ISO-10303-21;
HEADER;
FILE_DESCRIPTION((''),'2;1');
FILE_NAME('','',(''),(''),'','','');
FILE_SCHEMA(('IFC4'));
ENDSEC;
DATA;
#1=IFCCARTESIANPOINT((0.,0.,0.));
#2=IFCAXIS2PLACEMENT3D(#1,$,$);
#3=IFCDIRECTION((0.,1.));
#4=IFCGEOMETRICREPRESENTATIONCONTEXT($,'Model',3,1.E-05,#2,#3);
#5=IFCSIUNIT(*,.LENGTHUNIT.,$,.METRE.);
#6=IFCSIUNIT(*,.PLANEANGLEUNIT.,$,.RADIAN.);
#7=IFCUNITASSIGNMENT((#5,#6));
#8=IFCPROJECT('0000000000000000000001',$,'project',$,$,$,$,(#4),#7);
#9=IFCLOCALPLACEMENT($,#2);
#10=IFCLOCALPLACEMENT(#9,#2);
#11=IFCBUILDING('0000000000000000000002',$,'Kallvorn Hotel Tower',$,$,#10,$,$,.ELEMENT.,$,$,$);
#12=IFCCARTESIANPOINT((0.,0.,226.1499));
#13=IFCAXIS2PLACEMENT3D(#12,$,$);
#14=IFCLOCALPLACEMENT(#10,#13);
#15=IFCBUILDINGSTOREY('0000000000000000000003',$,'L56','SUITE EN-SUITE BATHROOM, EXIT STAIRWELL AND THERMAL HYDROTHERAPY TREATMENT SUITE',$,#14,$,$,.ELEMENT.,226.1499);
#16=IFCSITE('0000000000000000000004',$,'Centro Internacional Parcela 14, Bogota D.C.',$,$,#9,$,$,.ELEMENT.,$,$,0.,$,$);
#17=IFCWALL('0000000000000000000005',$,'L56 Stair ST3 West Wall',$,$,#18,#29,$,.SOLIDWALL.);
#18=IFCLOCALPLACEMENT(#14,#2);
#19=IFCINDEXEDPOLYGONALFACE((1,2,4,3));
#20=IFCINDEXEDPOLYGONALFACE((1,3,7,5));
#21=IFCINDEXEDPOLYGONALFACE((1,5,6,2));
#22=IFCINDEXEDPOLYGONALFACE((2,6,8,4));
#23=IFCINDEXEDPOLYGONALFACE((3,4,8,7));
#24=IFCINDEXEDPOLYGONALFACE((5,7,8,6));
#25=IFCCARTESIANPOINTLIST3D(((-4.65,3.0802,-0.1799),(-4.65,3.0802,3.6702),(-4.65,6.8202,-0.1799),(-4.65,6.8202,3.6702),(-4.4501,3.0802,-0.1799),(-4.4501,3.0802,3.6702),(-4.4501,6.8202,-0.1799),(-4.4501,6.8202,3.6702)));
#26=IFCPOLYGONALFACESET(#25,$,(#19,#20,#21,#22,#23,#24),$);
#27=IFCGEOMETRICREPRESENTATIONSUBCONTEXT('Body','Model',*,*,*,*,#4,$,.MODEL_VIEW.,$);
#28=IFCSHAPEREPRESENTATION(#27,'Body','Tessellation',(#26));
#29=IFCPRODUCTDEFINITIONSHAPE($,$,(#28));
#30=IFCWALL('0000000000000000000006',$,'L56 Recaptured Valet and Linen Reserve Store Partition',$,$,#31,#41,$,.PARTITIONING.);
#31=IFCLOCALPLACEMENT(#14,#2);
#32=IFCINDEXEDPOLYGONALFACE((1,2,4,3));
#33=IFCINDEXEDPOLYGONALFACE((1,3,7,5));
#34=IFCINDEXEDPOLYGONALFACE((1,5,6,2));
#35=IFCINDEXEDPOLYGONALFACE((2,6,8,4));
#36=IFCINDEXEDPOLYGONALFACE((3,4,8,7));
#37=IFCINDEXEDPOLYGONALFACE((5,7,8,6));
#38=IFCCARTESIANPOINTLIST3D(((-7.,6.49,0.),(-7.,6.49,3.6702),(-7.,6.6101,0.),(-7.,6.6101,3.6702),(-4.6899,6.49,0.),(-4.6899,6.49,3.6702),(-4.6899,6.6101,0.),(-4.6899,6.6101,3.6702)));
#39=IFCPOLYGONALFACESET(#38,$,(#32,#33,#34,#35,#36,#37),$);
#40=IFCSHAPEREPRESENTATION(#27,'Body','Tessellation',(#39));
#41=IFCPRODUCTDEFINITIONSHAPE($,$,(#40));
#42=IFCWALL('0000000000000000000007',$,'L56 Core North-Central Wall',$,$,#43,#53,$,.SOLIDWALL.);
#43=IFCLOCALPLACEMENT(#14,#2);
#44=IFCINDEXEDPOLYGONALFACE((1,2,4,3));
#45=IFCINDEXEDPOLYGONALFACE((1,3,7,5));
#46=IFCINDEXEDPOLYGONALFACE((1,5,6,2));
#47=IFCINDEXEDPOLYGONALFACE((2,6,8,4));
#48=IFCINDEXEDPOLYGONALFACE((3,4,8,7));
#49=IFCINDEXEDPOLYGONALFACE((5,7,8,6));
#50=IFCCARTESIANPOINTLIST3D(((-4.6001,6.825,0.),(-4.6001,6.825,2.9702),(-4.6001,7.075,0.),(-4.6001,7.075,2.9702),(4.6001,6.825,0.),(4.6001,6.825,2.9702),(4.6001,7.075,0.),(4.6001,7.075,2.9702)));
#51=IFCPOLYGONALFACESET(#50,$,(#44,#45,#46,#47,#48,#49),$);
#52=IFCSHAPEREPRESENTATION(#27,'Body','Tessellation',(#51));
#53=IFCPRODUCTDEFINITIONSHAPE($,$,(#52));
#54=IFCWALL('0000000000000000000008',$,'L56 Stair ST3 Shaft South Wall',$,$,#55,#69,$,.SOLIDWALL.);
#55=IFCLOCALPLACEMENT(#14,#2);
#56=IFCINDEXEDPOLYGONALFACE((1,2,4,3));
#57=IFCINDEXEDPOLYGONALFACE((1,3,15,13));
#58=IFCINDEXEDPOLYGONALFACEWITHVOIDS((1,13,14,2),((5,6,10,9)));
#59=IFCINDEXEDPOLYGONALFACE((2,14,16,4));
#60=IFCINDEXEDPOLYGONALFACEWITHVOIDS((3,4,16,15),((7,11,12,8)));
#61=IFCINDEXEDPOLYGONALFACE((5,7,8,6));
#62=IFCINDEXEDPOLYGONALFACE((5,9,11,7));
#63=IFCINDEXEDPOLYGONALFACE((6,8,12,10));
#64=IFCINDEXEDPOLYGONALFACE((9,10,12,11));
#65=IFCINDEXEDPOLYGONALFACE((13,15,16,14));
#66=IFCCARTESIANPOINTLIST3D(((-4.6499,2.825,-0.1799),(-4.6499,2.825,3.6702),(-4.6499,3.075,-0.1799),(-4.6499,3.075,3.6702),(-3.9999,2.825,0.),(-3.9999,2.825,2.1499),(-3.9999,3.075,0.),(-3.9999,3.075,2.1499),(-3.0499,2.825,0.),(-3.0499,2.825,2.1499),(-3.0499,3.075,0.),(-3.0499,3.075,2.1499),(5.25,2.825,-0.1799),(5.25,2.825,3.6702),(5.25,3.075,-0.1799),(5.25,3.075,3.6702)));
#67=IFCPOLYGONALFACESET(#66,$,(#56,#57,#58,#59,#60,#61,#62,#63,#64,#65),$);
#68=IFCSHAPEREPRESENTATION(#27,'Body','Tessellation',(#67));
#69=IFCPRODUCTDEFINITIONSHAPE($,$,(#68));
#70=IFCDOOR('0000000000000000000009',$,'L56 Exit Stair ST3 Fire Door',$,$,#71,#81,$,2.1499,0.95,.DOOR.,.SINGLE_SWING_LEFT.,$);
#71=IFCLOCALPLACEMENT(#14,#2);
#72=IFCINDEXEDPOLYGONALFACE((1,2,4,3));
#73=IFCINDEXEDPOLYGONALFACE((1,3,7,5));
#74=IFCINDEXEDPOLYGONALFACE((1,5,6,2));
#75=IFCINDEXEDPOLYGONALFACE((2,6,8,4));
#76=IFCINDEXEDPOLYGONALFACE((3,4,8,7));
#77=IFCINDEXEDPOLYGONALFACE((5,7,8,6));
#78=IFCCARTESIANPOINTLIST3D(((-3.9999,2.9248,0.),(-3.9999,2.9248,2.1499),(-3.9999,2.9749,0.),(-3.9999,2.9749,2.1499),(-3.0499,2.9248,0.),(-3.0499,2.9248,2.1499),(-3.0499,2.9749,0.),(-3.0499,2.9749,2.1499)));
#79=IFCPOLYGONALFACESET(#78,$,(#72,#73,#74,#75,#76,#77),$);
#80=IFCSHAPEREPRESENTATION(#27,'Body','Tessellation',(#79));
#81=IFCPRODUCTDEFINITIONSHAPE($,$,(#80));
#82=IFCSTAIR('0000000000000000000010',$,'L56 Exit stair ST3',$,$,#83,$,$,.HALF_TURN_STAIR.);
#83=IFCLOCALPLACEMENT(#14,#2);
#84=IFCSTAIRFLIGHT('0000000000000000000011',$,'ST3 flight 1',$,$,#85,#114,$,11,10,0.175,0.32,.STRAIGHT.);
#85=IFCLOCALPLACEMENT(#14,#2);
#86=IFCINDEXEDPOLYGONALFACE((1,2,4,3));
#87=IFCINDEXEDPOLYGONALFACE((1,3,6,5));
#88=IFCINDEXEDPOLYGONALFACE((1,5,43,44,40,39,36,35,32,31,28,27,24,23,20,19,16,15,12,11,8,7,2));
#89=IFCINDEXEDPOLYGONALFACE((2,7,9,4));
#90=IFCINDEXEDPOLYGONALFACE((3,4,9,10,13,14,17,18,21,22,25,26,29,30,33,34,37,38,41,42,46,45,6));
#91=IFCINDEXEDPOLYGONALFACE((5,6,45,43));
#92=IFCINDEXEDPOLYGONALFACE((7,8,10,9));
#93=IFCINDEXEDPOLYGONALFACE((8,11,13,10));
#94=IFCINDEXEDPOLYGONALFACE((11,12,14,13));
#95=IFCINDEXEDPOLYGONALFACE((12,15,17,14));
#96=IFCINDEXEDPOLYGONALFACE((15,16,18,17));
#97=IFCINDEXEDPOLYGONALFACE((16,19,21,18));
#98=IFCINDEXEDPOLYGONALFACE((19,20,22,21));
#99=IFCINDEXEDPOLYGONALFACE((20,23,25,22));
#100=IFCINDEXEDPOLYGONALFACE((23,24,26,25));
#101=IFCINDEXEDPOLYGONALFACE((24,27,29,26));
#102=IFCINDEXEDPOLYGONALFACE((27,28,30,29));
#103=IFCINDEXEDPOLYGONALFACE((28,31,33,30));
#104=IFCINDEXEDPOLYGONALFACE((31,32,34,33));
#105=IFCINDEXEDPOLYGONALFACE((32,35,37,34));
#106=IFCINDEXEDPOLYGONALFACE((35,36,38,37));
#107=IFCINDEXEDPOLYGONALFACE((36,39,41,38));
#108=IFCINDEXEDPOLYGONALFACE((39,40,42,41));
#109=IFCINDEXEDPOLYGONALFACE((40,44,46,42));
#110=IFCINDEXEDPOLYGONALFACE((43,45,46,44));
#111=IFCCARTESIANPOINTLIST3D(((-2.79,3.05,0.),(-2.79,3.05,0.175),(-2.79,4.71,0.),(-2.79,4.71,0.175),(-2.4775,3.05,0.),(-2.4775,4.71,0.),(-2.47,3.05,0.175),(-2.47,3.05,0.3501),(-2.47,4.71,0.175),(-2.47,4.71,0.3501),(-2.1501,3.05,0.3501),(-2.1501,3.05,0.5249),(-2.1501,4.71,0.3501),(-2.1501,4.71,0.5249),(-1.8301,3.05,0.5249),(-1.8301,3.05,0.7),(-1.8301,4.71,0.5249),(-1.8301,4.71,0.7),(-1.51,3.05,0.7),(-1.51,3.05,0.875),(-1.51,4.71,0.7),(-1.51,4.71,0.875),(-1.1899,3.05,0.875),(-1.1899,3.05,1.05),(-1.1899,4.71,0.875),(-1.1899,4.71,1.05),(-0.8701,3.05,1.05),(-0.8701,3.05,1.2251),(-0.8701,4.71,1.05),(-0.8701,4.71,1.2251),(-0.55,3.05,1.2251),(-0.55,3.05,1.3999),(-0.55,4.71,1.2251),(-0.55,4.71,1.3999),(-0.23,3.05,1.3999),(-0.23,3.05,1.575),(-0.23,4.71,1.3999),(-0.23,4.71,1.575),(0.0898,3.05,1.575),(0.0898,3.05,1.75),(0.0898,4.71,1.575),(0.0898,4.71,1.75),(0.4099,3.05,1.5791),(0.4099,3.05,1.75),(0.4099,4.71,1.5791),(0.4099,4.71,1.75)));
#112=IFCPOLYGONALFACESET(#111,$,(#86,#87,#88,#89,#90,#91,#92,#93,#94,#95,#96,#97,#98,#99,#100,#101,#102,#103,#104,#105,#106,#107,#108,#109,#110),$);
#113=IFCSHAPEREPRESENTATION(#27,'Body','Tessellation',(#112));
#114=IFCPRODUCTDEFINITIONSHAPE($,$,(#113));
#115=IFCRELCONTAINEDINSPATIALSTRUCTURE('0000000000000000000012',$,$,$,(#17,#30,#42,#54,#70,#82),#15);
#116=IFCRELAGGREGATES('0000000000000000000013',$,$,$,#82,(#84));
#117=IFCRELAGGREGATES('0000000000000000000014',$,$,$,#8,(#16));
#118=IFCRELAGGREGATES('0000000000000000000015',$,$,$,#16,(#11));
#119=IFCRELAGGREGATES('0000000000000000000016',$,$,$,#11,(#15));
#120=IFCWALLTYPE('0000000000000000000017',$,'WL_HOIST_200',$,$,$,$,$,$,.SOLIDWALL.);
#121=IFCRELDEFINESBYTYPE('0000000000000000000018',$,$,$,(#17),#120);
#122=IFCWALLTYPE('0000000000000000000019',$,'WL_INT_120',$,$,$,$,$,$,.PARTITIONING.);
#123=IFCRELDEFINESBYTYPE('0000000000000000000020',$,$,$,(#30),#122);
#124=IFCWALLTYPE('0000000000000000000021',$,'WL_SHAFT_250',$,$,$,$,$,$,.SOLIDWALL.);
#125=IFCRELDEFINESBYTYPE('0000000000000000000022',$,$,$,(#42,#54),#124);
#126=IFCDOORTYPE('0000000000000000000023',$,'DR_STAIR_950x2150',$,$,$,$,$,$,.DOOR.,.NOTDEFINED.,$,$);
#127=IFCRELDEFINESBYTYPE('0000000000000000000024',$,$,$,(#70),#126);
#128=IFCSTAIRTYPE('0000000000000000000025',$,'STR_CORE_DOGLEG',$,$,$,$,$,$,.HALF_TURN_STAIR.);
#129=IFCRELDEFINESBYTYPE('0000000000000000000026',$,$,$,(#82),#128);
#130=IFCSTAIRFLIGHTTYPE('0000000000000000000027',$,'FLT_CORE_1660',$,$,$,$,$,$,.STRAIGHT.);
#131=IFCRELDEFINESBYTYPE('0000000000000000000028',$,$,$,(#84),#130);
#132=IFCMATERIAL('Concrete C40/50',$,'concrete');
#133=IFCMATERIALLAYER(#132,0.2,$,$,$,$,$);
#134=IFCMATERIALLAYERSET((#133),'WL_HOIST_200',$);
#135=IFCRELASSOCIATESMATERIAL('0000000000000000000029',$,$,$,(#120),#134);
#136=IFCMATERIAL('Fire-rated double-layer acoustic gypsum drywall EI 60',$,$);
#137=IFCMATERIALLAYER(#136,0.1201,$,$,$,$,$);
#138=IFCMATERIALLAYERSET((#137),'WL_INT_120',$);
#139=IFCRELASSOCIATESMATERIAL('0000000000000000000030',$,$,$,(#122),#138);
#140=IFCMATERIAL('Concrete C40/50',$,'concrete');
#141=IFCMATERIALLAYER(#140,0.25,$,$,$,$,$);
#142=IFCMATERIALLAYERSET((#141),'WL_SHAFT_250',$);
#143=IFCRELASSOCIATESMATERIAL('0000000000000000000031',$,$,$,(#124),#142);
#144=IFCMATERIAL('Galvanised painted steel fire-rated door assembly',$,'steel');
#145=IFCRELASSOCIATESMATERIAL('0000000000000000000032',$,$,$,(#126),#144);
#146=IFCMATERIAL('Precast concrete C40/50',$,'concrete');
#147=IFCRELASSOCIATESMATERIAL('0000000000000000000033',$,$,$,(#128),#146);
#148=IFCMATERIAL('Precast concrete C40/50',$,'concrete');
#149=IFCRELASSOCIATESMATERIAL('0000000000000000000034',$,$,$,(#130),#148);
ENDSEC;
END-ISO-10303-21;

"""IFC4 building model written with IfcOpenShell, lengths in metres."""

from ifc_helpers import new_model, si_unit, direction, frame, frame_2d, origin, place, context, subcontext, project, spatial, polyline, rectangle, outline, extrude, material, layer, layer_set, type_object, element, fill, aggregate, save


model = new_model("IFC4")

# Units and contexts
model_context = context("Model", 3, precision=1e-05, world=origin(), true_north=direction((0.0, 1.0)))
body_context = subcontext(model_context, "Body", "Model", "MODEL_VIEW")
ifc_project = project(units=[si_unit("LENGTHUNIT", "METRE"), si_unit("PLANEANGLEUNIT", "RADIAN")], contexts=[model_context])

# Site, building, storey
site_placement = place(None, origin())
site = spatial("IfcSite", under=ifc_project, at=site_placement, Name="Centro Internacional Parcela 14, Bogota D.C.", CompositionType="ELEMENT", RefElevation=0.0)
building_placement = place(site_placement, origin())
building = spatial("IfcBuilding", under=site, at=building_placement, Name="Kallvorn Hotel Tower", CompositionType="ELEMENT")
storey_placement = place(building_placement, frame((0.0, 0.0, 226.1499)))
storey = spatial("IfcBuildingStorey", under=building, at=storey_placement, Name="L56", Description="SUITE EN-SUITE BATHROOM, EXIT STAIRWELL AND THERMAL HYDROTHERAPY TREATMENT SUITE", CompositionType="ELEMENT", Elevation=226.1499)

# Walls
ifc_material_1 = material(Name="Concrete C40/50", Category="concrete")
ifc_layer_1 = layer(ifc_material_1, 0.2)
ifc_layer_set_1 = layer_set([ifc_layer_1], Name="WL_HOIST_200")
wall_type_1 = type_object("IfcWallType", Name="WL_HOIST_200", PredefinedType="SOLIDWALL", material=ifc_layer_set_1)
wall_1_placement = place(storey_placement, frame((-4.55, 3.0801, -0.1799), z_axis=(0.0, 0.0, 1.0), x_axis=(0.0, 1.0, 0.0)))
element("IfcWall", 1, at=wall_1_placement, inside=storey, type_object=wall_type_1, Name="L56 Stair ST3 West Wall", PredefinedType="SOLIDWALL", context=body_context, shape_type="SweptSolid", body=[
    extrude(rectangle(XDim=3.74, YDim=0.2, at=frame_2d((1.8701, 0.0))), origin(), (0.0, 0.0, 1.0), 3.8501),
])
ifc_material_2 = material(Name="Fire-rated double-layer acoustic gypsum drywall EI 60")
ifc_layer_2 = layer(ifc_material_2, 0.1201)
ifc_layer_set_2 = layer_set([ifc_layer_2], Name="WL_INT_120")
wall_type_2 = type_object("IfcWallType", Name="WL_INT_120", PredefinedType="PARTITIONING", material=ifc_layer_set_2)
wall_2_placement = place(storey_placement, frame((-7.0, 6.55, 0.0), z_axis=(0.0, 0.0, 1.0), x_axis=(1.0, 0.0, 0.0)))
element("IfcWall", 2, at=wall_2_placement, inside=storey, type_object=wall_type_2, Name="L56 Recaptured Valet and Linen Reserve Store Partition", PredefinedType="PARTITIONING", context=body_context, shape_type="SweptSolid", body=[
    extrude(rectangle(XDim=2.3101, YDim=0.1201, at=frame_2d((1.155, 0.0))), origin(), (0.0, 0.0, 1.0), 3.6702),
])
ifc_material_3 = material(Name="Concrete C40/50", Category="concrete")
ifc_layer_3 = layer(ifc_material_3, 0.25)
ifc_layer_set_3 = layer_set([ifc_layer_3], Name="WL_SHAFT_250")
wall_type_3 = type_object("IfcWallType", Name="WL_SHAFT_250", PredefinedType="SOLIDWALL", material=ifc_layer_set_3)
wall_3_placement = place(storey_placement, frame((-4.6001, 6.95, 0.0), z_axis=(0.0, 0.0, 1.0), x_axis=(1.0, 0.0, 0.0)))
element("IfcWall", 3, at=wall_3_placement, inside=storey, type_object=wall_type_3, Name="L56 Core North-Central Wall", PredefinedType="SOLIDWALL", context=body_context, shape_type="SweptSolid", body=[
    extrude(rectangle(XDim=9.2002, YDim=0.25, at=frame_2d((4.6001, 0.0))), origin(), (0.0, 0.0, 1.0), 2.9702),
])

# Wall, opening, door
wall_4_placement = place(storey_placement, frame((-4.6499, 2.95, -0.1799), z_axis=(0.0, 0.0, 1.0), x_axis=(1.0, 0.0, 0.0)))
wall_4 = element("IfcWall", 4, at=wall_4_placement, inside=storey, type_object=wall_type_3, Name="L56 Stair ST3 Shaft South Wall", PredefinedType="SOLIDWALL", context=body_context, shape_type="SweptSolid", body=[
    extrude(rectangle(XDim=9.8999, YDim=0.25, at=frame_2d((4.95, 0.0))), origin(), (0.0, 0.0, 1.0), 3.8501),
])
opening_placement = place(wall_4_placement, frame((0.6499, 0.0, 0.1799)))
opening = element("IfcOpeningElement", 5, at=opening_placement, cuts=wall_4, PredefinedType="OPENING", context=body_context, shape_type="SweptSolid", body=[
    extrude(rectangle(XDim=0.95, YDim=2.1499, at=frame_2d((0.4751, 1.075))), frame((0.0, 0.1399, 0.0), z_axis=(0.0, -1.0, 0.0), x_axis=(1.0, 0.0, 0.0)), (0.0, 0.0, 1.0), 0.28),
])
ifc_material_4 = material(Name="Galvanised painted steel fire-rated door assembly", Category="steel")
door_type = type_object("IfcDoorType", Name="DR_STAIR_950x2150", OperationType="NOTDEFINED", PredefinedType="DOOR", material=ifc_material_4)
door_placement = place(opening_placement, origin())
door = element("IfcDoor", 6, at=door_placement, inside=storey, type_object=door_type, Name="L56 Exit Stair ST3 Fire Door", OperationType="SINGLE_SWING_LEFT", OverallHeight=2.1499, OverallWidth=0.95, PredefinedType="DOOR", context=body_context, shape_type="SweptSolid", body=[
    extrude(rectangle(XDim=0.95, YDim=2.1499, at=frame_2d((0.4751, 1.075))), frame((0.0, 0.0249, 0.0), z_axis=(0.0, -1.0, 0.0), x_axis=(1.0, 0.0, 0.0)), (0.0, 0.0, 1.0), 0.05),
])
fill(opening, door)

# Stair, stair flight
ifc_material_5 = material(Name="Precast concrete C40/50", Category="concrete")
stair_type = type_object("IfcStairType", Name="STR_CORE_DOGLEG", PredefinedType="HALF_TURN_STAIR", material=ifc_material_5)
stair_placement = place(storey_placement, origin())
stair = element("IfcStair", 7, at=stair_placement, inside=storey, type_object=stair_type, Name="L56 Exit stair ST3", PredefinedType="HALF_TURN_STAIR")
ifc_material_6 = material(Name="Precast concrete C40/50", Category="concrete")
stair_flight_type = type_object("IfcStairFlightType", Name="FLT_CORE_1660", PredefinedType="STRAIGHT", material=ifc_material_6)
stair_flight_placement = place(storey_placement, frame((-2.79, 3.8799, 0.0), z_axis=(0.0, 0.0, 1.0), x_axis=(1.0, 0.0, 0.0)))
stair_flight = element("IfcStairFlight", 8, at=stair_flight_placement, type_object=stair_flight_type, Name="ST3 flight 1", NumberOfRisers=11, NumberOfTreads=10, PredefinedType="STRAIGHT", RiserHeight=0.175, TreadLength=0.32, context=body_context, shape_type="SweptSolid", body=[
    extrude(outline(polyline([(0.0, 0.0), (0.0, 0.175), (0.3201, 0.175), (0.3201, 0.3501), (0.6399, 0.3501), (0.6399, 0.5249), (0.96, 0.5249), (0.96, 0.7), (1.28, 0.7), (1.28, 0.875), (1.6001, 0.875), (1.6001, 1.05), (1.9199, 1.05), (1.9199, 1.2251), (2.24, 1.2251), (2.24, 1.3999), (2.5601, 1.3999), (2.5601, 1.575), (2.8799, 1.575), (2.8799, 1.75), (3.2, 1.75), (3.2, 1.925), (3.2, 1.5791), (0.3125, 0.0), (0.0, 0.0)])), frame((0.0, 0.8301, 0.0), z_axis=(0.0, -1.0, 0.0), x_axis=(1.0, 0.0, 0.0)), (0.0, 0.0, 1.0), 1.6599),
])
aggregate(stair, [stair_flight])

save(model, "model.ifc")
